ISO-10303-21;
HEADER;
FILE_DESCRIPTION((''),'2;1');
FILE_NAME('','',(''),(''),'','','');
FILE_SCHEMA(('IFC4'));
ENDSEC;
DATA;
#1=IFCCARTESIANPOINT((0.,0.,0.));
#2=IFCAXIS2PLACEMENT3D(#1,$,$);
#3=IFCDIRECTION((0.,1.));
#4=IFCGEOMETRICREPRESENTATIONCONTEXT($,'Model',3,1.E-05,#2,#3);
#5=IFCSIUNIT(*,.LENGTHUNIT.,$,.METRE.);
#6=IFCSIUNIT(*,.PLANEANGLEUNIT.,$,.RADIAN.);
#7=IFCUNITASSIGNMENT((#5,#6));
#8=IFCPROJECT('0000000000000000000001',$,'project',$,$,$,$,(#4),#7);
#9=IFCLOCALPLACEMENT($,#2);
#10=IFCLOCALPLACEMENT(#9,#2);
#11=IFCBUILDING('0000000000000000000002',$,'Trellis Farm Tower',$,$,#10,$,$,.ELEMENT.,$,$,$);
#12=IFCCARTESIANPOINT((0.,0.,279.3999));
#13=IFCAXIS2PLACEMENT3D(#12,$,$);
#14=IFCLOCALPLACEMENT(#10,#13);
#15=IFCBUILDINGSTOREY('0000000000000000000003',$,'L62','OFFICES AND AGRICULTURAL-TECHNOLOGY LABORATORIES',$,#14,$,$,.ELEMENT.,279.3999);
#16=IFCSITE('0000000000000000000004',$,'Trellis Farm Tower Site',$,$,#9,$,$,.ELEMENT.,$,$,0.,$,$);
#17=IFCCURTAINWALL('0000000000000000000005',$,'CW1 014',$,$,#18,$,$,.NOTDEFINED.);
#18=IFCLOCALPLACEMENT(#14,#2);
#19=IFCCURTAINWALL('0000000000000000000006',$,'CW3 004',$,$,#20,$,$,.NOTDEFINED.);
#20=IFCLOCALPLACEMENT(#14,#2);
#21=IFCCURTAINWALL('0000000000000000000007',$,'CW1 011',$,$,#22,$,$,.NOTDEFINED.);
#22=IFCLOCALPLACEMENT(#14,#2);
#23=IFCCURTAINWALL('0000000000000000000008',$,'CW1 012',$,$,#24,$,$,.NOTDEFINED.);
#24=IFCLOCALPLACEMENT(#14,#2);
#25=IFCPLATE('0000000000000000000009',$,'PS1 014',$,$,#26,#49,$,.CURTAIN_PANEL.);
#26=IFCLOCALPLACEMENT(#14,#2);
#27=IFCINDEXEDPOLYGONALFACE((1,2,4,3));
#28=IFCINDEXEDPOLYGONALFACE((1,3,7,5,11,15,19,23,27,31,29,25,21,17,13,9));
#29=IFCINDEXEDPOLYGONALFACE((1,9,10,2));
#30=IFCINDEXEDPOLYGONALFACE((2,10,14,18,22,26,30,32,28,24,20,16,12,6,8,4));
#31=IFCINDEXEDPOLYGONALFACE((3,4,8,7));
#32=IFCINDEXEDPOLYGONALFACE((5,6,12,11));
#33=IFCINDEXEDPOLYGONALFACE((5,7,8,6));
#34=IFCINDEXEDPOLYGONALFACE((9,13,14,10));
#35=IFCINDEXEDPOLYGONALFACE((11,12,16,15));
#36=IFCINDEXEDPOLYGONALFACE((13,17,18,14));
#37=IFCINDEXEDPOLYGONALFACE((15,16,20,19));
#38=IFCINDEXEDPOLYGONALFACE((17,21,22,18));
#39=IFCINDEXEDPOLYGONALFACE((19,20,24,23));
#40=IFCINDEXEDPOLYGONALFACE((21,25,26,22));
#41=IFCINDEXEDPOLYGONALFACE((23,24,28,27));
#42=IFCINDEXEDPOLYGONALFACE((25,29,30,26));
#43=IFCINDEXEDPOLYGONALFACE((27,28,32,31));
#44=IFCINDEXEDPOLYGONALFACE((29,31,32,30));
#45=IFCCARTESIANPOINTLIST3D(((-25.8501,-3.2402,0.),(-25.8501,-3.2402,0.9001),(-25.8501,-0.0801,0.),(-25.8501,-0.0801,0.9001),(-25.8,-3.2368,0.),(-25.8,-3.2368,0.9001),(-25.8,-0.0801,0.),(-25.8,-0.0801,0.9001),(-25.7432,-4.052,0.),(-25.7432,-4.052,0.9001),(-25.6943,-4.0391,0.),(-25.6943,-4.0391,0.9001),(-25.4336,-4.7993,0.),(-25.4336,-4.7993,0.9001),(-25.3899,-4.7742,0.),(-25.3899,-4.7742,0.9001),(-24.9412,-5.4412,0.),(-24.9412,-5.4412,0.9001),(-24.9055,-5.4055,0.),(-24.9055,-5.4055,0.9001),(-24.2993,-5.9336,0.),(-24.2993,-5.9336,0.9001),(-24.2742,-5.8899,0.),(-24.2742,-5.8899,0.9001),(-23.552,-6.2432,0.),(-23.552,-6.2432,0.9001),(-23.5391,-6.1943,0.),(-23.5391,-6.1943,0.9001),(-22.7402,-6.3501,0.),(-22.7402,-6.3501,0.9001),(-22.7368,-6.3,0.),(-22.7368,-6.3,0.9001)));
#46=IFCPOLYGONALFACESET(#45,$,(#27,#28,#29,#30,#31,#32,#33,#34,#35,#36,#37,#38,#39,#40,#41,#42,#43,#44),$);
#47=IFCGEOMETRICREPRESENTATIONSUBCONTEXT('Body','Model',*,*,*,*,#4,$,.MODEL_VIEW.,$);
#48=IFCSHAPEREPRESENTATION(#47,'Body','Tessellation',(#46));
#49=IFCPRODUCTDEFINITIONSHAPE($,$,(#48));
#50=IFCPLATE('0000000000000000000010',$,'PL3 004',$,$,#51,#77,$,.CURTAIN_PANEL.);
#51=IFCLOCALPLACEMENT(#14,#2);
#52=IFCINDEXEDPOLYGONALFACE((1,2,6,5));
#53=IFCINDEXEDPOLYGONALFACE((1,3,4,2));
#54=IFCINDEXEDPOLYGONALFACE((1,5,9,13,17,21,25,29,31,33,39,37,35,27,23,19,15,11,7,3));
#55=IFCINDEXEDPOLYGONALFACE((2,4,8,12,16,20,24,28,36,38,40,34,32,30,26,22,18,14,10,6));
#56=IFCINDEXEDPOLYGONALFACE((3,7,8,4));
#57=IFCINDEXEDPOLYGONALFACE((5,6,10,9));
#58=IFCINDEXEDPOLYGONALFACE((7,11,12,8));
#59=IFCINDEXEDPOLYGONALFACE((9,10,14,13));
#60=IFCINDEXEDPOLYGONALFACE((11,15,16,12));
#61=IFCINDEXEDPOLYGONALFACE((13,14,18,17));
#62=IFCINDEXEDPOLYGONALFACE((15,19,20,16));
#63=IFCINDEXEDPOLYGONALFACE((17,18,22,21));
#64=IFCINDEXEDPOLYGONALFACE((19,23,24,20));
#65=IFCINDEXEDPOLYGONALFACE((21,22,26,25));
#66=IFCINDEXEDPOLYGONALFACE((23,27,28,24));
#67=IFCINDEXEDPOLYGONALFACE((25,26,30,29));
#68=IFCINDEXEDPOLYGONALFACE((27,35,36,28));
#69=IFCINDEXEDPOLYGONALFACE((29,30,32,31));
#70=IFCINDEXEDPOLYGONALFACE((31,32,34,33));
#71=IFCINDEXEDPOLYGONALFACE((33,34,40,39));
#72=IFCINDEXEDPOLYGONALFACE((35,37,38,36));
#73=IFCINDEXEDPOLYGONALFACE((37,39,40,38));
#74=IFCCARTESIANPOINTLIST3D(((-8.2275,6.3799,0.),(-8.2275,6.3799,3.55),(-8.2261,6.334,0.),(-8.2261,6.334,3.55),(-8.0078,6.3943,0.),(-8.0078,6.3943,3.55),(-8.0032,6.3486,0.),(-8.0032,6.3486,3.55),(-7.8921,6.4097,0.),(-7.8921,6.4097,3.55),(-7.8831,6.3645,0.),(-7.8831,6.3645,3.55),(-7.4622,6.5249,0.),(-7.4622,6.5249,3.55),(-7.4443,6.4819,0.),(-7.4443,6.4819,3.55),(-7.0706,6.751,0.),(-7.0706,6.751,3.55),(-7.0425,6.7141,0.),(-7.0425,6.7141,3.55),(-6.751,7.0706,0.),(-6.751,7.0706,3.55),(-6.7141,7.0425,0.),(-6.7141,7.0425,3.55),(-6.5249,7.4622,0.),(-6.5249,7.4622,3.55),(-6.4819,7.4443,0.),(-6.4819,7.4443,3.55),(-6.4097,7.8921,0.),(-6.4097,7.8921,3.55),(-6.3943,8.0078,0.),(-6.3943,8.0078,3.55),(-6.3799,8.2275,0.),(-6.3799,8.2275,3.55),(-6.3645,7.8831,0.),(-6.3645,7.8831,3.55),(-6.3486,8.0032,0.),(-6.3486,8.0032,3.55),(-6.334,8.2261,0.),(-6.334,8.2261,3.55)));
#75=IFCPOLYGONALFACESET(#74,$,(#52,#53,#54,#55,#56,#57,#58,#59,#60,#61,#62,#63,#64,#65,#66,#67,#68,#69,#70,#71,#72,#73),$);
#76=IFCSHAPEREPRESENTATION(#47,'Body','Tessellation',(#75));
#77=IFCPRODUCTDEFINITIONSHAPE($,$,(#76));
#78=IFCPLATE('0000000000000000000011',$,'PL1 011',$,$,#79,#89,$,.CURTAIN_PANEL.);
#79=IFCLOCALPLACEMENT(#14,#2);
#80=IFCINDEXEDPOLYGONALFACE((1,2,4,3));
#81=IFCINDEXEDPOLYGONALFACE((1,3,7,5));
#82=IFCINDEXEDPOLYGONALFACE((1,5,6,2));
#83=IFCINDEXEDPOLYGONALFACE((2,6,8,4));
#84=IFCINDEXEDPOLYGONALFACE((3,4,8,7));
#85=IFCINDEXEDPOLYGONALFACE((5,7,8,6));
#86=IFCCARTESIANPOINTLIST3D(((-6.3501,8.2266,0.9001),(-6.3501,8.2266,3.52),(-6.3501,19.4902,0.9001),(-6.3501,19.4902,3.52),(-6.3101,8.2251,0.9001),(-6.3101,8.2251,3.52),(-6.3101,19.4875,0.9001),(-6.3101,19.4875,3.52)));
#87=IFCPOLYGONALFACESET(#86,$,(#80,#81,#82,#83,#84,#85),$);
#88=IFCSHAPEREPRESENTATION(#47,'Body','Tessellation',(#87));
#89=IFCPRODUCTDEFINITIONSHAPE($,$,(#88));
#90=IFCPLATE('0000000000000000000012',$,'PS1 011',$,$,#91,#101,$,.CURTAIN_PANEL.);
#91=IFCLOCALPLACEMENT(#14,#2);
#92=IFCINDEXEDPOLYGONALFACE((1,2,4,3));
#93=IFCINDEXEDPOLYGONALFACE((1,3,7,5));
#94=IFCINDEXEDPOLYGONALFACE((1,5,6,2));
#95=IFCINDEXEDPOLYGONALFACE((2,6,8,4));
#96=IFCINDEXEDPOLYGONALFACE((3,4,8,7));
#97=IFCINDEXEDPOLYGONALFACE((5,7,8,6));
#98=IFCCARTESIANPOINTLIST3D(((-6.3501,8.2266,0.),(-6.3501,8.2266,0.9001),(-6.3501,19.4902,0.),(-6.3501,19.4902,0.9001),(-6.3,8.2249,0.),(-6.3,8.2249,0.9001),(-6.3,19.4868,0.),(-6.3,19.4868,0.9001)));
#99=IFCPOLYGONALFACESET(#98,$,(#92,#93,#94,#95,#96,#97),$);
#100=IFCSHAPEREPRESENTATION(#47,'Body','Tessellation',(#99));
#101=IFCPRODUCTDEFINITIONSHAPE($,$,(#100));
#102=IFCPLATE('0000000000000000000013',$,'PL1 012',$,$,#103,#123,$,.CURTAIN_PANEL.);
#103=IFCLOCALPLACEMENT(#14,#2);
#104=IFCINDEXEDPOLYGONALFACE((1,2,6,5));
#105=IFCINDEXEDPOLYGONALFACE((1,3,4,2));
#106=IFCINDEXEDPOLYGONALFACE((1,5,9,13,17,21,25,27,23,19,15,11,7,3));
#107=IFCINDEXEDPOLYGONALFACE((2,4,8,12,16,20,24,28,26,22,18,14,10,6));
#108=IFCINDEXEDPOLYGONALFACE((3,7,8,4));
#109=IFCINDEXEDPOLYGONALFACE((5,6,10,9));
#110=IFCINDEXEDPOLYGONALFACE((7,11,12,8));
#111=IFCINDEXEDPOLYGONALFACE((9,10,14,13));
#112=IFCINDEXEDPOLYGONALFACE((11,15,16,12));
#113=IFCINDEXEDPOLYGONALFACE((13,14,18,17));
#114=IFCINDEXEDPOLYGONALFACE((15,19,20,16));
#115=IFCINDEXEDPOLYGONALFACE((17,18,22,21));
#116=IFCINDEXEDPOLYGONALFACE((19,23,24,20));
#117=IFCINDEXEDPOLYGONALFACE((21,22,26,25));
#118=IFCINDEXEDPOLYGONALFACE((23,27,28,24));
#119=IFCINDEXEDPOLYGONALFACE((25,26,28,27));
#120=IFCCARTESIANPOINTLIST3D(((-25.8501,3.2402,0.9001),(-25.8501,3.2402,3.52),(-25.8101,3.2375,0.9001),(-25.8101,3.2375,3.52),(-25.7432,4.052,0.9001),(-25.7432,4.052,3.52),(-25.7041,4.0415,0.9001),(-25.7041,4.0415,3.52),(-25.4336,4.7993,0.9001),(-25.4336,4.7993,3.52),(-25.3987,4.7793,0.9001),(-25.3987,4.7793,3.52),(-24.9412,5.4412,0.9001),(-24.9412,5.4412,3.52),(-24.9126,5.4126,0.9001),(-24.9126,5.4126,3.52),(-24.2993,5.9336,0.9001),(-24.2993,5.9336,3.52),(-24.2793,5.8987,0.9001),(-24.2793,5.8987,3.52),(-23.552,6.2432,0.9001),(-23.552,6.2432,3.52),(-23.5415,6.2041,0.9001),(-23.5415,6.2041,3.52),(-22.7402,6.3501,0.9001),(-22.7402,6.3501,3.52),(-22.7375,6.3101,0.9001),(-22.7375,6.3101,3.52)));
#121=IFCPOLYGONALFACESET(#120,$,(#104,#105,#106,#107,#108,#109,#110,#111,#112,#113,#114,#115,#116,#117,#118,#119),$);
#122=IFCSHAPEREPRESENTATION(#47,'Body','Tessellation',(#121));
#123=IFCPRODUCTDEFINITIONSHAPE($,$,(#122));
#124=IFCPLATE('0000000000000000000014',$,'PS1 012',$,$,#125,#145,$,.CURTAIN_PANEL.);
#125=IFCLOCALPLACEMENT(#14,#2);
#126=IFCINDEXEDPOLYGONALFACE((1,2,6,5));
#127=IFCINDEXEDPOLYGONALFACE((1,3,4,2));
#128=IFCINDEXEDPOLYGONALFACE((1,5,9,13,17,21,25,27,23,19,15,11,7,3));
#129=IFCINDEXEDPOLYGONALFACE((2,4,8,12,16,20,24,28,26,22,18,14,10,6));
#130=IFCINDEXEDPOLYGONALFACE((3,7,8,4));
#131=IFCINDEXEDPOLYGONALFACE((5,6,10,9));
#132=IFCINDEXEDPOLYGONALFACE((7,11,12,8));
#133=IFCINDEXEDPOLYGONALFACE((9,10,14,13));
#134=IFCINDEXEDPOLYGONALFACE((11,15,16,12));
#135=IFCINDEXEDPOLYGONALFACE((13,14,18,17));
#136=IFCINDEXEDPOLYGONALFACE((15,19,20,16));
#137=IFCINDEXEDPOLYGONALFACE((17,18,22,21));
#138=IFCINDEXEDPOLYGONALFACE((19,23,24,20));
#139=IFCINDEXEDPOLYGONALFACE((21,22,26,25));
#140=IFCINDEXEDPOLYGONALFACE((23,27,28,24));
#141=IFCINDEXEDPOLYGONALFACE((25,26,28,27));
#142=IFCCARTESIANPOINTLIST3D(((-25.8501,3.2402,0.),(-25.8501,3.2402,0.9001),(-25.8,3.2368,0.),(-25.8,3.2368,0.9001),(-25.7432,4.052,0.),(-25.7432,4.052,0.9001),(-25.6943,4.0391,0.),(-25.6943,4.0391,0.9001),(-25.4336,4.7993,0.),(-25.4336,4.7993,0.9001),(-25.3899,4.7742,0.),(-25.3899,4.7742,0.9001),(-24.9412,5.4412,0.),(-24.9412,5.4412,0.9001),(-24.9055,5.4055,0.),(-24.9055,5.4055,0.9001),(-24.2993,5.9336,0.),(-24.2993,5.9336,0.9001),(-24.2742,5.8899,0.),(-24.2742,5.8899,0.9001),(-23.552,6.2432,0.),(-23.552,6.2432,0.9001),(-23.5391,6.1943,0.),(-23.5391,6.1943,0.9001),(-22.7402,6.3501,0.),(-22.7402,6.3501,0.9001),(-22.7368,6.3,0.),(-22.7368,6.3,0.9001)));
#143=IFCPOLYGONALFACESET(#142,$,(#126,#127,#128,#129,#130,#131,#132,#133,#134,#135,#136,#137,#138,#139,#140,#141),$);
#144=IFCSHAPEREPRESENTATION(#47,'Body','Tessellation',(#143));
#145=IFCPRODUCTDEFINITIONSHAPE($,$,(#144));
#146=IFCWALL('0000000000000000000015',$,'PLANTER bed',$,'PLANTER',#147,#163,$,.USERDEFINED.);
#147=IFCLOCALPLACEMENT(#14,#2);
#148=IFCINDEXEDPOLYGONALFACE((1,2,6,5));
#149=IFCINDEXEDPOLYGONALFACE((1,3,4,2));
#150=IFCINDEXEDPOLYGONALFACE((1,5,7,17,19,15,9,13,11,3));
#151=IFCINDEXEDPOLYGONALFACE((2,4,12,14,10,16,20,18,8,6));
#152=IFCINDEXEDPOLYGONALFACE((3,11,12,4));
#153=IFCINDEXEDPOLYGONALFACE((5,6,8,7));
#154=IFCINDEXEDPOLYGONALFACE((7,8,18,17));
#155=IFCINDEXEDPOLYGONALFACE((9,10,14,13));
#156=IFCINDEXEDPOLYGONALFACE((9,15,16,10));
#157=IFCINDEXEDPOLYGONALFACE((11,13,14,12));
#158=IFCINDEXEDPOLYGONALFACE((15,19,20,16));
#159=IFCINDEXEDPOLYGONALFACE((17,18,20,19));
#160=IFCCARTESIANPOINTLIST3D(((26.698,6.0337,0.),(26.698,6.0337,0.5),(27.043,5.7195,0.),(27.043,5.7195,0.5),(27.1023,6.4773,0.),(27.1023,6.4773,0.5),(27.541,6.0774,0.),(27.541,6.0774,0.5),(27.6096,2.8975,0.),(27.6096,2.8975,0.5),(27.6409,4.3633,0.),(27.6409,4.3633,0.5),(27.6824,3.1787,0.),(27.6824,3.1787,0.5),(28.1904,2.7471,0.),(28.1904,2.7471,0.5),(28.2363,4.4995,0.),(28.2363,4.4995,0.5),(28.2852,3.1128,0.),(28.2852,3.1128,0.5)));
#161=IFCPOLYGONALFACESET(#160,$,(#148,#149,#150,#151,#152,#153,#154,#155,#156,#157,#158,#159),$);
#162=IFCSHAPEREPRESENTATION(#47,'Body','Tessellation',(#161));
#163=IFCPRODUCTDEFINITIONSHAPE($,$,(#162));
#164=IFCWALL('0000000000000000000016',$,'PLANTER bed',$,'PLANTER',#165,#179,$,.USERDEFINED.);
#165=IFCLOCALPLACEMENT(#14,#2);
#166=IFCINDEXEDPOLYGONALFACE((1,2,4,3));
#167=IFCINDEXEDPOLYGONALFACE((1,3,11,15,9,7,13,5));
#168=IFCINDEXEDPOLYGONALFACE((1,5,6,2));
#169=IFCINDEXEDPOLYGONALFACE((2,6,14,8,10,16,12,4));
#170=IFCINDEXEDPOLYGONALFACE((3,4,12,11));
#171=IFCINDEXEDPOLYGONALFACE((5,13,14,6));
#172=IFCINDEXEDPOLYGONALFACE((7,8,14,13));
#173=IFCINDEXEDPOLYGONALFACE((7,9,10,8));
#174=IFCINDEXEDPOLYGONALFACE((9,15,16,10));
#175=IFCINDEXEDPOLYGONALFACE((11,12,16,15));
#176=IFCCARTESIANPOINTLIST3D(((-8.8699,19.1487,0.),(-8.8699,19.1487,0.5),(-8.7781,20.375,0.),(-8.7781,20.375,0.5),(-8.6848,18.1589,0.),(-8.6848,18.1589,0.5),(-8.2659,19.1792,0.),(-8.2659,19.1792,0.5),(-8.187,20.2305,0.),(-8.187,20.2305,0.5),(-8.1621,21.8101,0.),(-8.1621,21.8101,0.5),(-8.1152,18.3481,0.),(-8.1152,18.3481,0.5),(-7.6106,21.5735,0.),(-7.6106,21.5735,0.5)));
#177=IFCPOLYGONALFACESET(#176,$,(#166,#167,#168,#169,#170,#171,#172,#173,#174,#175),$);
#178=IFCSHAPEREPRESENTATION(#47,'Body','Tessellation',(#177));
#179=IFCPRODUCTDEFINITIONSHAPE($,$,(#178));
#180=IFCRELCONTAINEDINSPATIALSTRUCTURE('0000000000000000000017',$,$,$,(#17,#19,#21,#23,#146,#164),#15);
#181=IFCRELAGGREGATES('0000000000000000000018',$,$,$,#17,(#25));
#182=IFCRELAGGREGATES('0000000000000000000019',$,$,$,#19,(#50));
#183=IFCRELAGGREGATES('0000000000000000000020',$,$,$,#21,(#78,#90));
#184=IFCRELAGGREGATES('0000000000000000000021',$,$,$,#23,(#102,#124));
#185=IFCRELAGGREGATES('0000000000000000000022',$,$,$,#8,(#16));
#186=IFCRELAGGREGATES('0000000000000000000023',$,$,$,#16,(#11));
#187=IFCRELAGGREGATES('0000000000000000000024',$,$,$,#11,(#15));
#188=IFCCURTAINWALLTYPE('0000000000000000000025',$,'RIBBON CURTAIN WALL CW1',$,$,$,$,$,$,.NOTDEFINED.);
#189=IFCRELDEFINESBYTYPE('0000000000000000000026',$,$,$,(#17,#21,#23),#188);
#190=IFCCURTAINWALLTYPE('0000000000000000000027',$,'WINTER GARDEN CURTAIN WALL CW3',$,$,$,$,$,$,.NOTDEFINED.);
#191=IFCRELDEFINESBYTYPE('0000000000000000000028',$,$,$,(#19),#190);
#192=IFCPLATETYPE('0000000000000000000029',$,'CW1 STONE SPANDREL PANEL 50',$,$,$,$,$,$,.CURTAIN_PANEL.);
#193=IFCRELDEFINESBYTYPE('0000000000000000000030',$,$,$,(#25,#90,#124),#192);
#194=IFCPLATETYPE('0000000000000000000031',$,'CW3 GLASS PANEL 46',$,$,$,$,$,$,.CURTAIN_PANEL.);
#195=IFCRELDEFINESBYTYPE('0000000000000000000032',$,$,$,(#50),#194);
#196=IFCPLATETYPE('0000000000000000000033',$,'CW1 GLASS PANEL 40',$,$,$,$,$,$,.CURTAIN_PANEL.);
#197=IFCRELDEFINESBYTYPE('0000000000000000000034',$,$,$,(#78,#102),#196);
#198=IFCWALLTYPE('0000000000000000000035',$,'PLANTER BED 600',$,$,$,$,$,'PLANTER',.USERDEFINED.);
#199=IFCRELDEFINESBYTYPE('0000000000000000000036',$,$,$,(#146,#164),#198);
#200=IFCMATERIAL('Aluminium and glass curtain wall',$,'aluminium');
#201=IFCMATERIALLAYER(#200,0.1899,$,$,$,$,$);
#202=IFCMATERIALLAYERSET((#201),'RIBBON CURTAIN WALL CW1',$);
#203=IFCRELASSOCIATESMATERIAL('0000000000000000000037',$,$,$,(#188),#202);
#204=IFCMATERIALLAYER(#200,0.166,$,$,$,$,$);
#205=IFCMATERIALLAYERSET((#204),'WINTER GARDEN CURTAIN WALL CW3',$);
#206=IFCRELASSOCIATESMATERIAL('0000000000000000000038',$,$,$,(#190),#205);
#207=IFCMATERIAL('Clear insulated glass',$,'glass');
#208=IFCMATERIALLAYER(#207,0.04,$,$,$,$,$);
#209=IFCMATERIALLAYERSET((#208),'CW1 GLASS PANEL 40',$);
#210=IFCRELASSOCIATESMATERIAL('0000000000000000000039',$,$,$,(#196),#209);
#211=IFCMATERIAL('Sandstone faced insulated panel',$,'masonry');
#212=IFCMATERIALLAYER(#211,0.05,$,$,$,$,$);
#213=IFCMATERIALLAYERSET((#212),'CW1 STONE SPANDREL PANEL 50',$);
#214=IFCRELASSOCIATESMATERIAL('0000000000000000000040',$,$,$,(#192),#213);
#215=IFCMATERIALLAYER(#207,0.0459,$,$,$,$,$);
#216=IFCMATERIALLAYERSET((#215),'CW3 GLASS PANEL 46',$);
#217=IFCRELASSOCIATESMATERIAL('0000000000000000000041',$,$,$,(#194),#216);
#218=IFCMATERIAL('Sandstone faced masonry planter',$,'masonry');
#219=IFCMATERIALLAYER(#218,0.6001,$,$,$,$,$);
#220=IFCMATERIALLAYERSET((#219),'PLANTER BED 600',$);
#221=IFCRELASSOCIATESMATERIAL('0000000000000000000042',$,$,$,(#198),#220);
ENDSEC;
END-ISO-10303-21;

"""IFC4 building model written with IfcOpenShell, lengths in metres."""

from ifc_helpers import new_model, si_unit, direction, frame, origin, place, context, subcontext, project, spatial, polyline, outline, extrude, source, transform, mapped, material, layer, layer_set, type_object, element, aggregate, save


model = new_model("IFC4")

# Units and contexts
model_context = context("Model", 3, precision=1e-05, world=origin(), true_north=direction((0.0, 1.0)))
body_context = subcontext(model_context, "Body", "Model", "MODEL_VIEW")
ifc_project = project(units=[si_unit("LENGTHUNIT", "METRE"), si_unit("PLANEANGLEUNIT", "RADIAN")], contexts=[model_context])

# Site, building, storey
site_placement = place(None, origin())
site = spatial("IfcSite", under=ifc_project, at=site_placement, Name="Trellis Farm Tower Site", CompositionType="ELEMENT", RefElevation=0.0)
building_placement = place(site_placement, origin())
building = spatial("IfcBuilding", under=site, at=building_placement, Name="Trellis Farm Tower", CompositionType="ELEMENT")
storey_placement = place(building_placement, frame((0.0, 0.0, 279.3999)))
storey = spatial("IfcBuildingStorey", under=building, at=storey_placement, Name="L62", Description="OFFICES AND AGRICULTURAL-TECHNOLOGY LABORATORIES", CompositionType="ELEMENT", Elevation=279.3999)

# Curtain walls
ifc_material_1 = material(Name="Aluminium and glass curtain wall", Category="aluminium")
ifc_layer_1 = layer(ifc_material_1, 0.1899)
ifc_layer_set_1 = layer_set([ifc_layer_1], Name="RIBBON CURTAIN WALL CW1")
curtain_wall_type_1 = type_object("IfcCurtainWallType", Name="RIBBON CURTAIN WALL CW1", PredefinedType="NOTDEFINED", material=ifc_layer_set_1)
placement_1 = place(storey_placement, origin())
curtain_wall_1 = element("IfcCurtainWall", 1, at=placement_1, inside=storey, type_object=curtain_wall_type_1, Name="CW1 014", PredefinedType="NOTDEFINED")
ifc_layer_2 = layer(ifc_material_1, 0.166)
ifc_layer_set_2 = layer_set([ifc_layer_2], Name="WINTER GARDEN CURTAIN WALL CW3")
curtain_wall_type_2 = type_object("IfcCurtainWallType", Name="WINTER GARDEN CURTAIN WALL CW3", PredefinedType="NOTDEFINED", material=ifc_layer_set_2)
curtain_wall_2 = element("IfcCurtainWall", 2, at=placement_1, inside=storey, type_object=curtain_wall_type_2, Name="CW3 004", PredefinedType="NOTDEFINED")
curtain_wall_3 = element("IfcCurtainWall", 3, at=placement_1, inside=storey, type_object=curtain_wall_type_1, Name="CW1 011", PredefinedType="NOTDEFINED")
curtain_wall_4 = element("IfcCurtainWall", 4, at=placement_1, inside=storey, type_object=curtain_wall_type_1, Name="CW1 012", PredefinedType="NOTDEFINED")

# Plates
ifc_material_2 = material(Name="Clear insulated glass", Category="glass")
ifc_layer_3 = layer(ifc_material_2, 0.04)
ifc_layer_set_3 = layer_set([ifc_layer_3], Name="CW1 GLASS PANEL 40")
plate_type_1 = type_object("IfcPlateType", Name="CW1 GLASS PANEL 40", PredefinedType="CURTAIN_PANEL", material=ifc_layer_set_3)
placement_2 = place(storey_placement, frame((0.0, 0.0, 0.9001)))
ifc_material_3 = material(Name="Sandstone faced insulated panel", Category="masonry")
ifc_layer_4 = layer(ifc_material_3, 0.05)
ifc_layer_set_4 = layer_set([ifc_layer_4], Name="CW1 STONE SPANDREL PANEL 50")
plate_type_2 = type_object("IfcPlateType", Name="CW1 STONE SPANDREL PANEL 50", PredefinedType="CURTAIN_PANEL", material=ifc_layer_set_4)
plate_1 = element("IfcPlate", 5, at=placement_1, type_object=plate_type_2, Name="PS1 014", PredefinedType="CURTAIN_PANEL", context=body_context, shape_type="SweptSolid", body=[
    extrude(outline(polyline([(-25.8501, -0.0801), (-25.8501, -3.2402), (-25.7432, -4.052), (-25.4336, -4.7993), (-24.9412, -5.4412), (-24.2993, -5.9336), (-23.552, -6.2432), (-22.7402, -6.3501), (-22.7368, -6.3), (-23.5391, -6.1943), (-24.2742, -5.8899), (-24.9055, -5.4055), (-25.3899, -4.7742), (-25.6943, -4.0391), (-25.8, -3.2368), (-25.8, -0.0801), (-25.8501, -0.0801)])), origin(), (0.0, 0.0, 1.0), 0.9001),
])
aggregate(curtain_wall_1, [plate_1])
ifc_layer_5 = layer(ifc_material_2, 0.0459)
ifc_layer_set_5 = layer_set([ifc_layer_5], Name="CW3 GLASS PANEL 46")
plate_type_3 = type_object("IfcPlateType", Name="CW3 GLASS PANEL 46", PredefinedType="CURTAIN_PANEL", material=ifc_layer_set_5)
shared_shape_1 = source(origin(), body_context, "Body", "SweptSolid", [
    extrude(outline(polyline([(-6.3799, 8.2275), (-6.3943, 8.0078), (-6.4097, 7.8921), (-6.5249, 7.4622), (-6.751, 7.0706), (-7.0706, 6.751), (-7.4622, 6.5249), (-7.8921, 6.4097), (-8.0078, 6.3943), (-8.2275, 6.3799), (-8.2261, 6.334), (-8.0032, 6.3486), (-7.8831, 6.3645), (-7.4443, 6.4819), (-7.0425, 6.7141), (-6.7141, 7.0425), (-6.4819, 7.4443), (-6.3645, 7.8831), (-6.3486, 8.0032), (-6.334, 8.2261), (-6.3799, 8.2275)])), origin(), (0.0, 0.0, 1.0), 3.55),
])
plate_2 = element("IfcPlate", 6, at=placement_1, type_object=plate_type_3, Name="PL3 004", PredefinedType="CURTAIN_PANEL", context=body_context, shape_type="MappedRepresentation", body=[
    mapped(shared_shape_1, transform((0.0, 0.0, 0.0))),
])
aggregate(curtain_wall_2, [plate_2])
shared_shape_2 = source(origin(), body_context, "Body", "SweptSolid", [
    extrude(outline(polyline([(-6.3501, 19.4902), (-6.3501, 8.2266), (-6.3101, 8.2251), (-6.3101, 19.4875), (-6.3501, 19.4902)])), origin(), (0.0, 0.0, 1.0), 2.6199),
])
plate_3 = element("IfcPlate", 7, at=placement_2, type_object=plate_type_1, Name="PL1 011", PredefinedType="CURTAIN_PANEL", context=body_context, shape_type="MappedRepresentation", body=[
    mapped(shared_shape_2, transform((0.0, 0.0, 0.0))),
])
shared_shape_3 = source(origin(), body_context, "Body", "SweptSolid", [
    extrude(outline(polyline([(-6.3501, 19.4902), (-6.3501, 8.2266), (-6.3, 8.2249), (-6.3, 19.4868), (-6.3501, 19.4902)])), origin(), (0.0, 0.0, 1.0), 0.9001),
])
plate_4 = element("IfcPlate", 8, at=placement_1, type_object=plate_type_2, Name="PS1 011", PredefinedType="CURTAIN_PANEL", context=body_context, shape_type="MappedRepresentation", body=[
    mapped(shared_shape_3, transform((0.0, 0.0, 0.0))),
])
aggregate(curtain_wall_3, [plate_3, plate_4])
shared_shape_4 = source(origin(), body_context, "Body", "SweptSolid", [
    extrude(outline(polyline([(-22.7402, 6.3501), (-23.552, 6.2432), (-24.2993, 5.9336), (-24.9412, 5.4412), (-25.4336, 4.7993), (-25.7432, 4.052), (-25.8501, 3.2402), (-25.8101, 3.2375), (-25.7041, 4.0415), (-25.3987, 4.7793), (-24.9126, 5.4126), (-24.2793, 5.8987), (-23.5415, 6.2041), (-22.7375, 6.3101), (-22.7402, 6.3501)])), origin(), (0.0, 0.0, 1.0), 2.6199),
])
plate_5 = element("IfcPlate", 9, at=placement_2, type_object=plate_type_1, Name="PL1 012", PredefinedType="CURTAIN_PANEL", context=body_context, shape_type="MappedRepresentation", body=[
    mapped(shared_shape_4, transform((0.0, 0.0, 0.0))),
])
shared_shape_5 = source(origin(), body_context, "Body", "SweptSolid", [
    extrude(outline(polyline([(-22.7402, 6.3501), (-23.552, 6.2432), (-24.2993, 5.9336), (-24.9412, 5.4412), (-25.4336, 4.7993), (-25.7432, 4.052), (-25.8501, 3.2402), (-25.8, 3.2368), (-25.6943, 4.0391), (-25.3899, 4.7742), (-24.9055, 5.4055), (-24.2742, 5.8899), (-23.5391, 6.1943), (-22.7368, 6.3), (-22.7402, 6.3501)])), origin(), (0.0, 0.0, 1.0), 0.9001),
])
plate_6 = element("IfcPlate", 10, at=placement_1, type_object=plate_type_2, Name="PS1 012", PredefinedType="CURTAIN_PANEL", context=body_context, shape_type="MappedRepresentation", body=[
    mapped(shared_shape_5, transform((0.0, 0.0, 0.0))),
])
aggregate(curtain_wall_4, [plate_5, plate_6])

# Walls
ifc_material_4 = material(Name="Sandstone faced masonry planter", Category="masonry")
ifc_layer_6 = layer(ifc_material_4, 0.6001)
ifc_layer_set_6 = layer_set([ifc_layer_6], Name="PLANTER BED 600")
wall_type_1 = type_object("IfcWallType", Name="PLANTER BED 600", ElementType="PLANTER", PredefinedType="USERDEFINED", material=ifc_layer_set_6)
element("IfcWall", 11, at=placement_1, inside=storey, type_object=wall_type_1, Name="PLANTER bed", ObjectType="PLANTER", PredefinedType="USERDEFINED", context=body_context, shape_type="SweptSolid", body=[
    extrude(outline(polyline([(27.541, 6.0774), (28.2363, 4.4995), (28.2852, 3.1128), (28.1904, 2.7471), (27.6096, 2.8975), (27.6824, 3.1787), (27.6409, 4.3633), (27.043, 5.7195), (26.698, 6.0337), (27.1023, 6.4773), (27.541, 6.0774)])), origin(), (0.0, 0.0, 1.0), 0.5),
])
element("IfcWall", 12, at=placement_1, inside=storey, type_object=wall_type_1, Name="PLANTER bed", ObjectType="PLANTER", PredefinedType="USERDEFINED", context=body_context, shape_type="SweptSolid", body=[
    extrude(outline(polyline([(-8.8699, 19.1487), (-8.7781, 20.375), (-8.1621, 21.8101), (-7.6106, 21.5735), (-8.187, 20.2305), (-8.2659, 19.1792), (-8.1152, 18.3481), (-8.6848, 18.1589), (-8.8699, 19.1487)])), origin(), (0.0, 0.0, 1.0), 0.5),
])

save(model, "model.ifc")
